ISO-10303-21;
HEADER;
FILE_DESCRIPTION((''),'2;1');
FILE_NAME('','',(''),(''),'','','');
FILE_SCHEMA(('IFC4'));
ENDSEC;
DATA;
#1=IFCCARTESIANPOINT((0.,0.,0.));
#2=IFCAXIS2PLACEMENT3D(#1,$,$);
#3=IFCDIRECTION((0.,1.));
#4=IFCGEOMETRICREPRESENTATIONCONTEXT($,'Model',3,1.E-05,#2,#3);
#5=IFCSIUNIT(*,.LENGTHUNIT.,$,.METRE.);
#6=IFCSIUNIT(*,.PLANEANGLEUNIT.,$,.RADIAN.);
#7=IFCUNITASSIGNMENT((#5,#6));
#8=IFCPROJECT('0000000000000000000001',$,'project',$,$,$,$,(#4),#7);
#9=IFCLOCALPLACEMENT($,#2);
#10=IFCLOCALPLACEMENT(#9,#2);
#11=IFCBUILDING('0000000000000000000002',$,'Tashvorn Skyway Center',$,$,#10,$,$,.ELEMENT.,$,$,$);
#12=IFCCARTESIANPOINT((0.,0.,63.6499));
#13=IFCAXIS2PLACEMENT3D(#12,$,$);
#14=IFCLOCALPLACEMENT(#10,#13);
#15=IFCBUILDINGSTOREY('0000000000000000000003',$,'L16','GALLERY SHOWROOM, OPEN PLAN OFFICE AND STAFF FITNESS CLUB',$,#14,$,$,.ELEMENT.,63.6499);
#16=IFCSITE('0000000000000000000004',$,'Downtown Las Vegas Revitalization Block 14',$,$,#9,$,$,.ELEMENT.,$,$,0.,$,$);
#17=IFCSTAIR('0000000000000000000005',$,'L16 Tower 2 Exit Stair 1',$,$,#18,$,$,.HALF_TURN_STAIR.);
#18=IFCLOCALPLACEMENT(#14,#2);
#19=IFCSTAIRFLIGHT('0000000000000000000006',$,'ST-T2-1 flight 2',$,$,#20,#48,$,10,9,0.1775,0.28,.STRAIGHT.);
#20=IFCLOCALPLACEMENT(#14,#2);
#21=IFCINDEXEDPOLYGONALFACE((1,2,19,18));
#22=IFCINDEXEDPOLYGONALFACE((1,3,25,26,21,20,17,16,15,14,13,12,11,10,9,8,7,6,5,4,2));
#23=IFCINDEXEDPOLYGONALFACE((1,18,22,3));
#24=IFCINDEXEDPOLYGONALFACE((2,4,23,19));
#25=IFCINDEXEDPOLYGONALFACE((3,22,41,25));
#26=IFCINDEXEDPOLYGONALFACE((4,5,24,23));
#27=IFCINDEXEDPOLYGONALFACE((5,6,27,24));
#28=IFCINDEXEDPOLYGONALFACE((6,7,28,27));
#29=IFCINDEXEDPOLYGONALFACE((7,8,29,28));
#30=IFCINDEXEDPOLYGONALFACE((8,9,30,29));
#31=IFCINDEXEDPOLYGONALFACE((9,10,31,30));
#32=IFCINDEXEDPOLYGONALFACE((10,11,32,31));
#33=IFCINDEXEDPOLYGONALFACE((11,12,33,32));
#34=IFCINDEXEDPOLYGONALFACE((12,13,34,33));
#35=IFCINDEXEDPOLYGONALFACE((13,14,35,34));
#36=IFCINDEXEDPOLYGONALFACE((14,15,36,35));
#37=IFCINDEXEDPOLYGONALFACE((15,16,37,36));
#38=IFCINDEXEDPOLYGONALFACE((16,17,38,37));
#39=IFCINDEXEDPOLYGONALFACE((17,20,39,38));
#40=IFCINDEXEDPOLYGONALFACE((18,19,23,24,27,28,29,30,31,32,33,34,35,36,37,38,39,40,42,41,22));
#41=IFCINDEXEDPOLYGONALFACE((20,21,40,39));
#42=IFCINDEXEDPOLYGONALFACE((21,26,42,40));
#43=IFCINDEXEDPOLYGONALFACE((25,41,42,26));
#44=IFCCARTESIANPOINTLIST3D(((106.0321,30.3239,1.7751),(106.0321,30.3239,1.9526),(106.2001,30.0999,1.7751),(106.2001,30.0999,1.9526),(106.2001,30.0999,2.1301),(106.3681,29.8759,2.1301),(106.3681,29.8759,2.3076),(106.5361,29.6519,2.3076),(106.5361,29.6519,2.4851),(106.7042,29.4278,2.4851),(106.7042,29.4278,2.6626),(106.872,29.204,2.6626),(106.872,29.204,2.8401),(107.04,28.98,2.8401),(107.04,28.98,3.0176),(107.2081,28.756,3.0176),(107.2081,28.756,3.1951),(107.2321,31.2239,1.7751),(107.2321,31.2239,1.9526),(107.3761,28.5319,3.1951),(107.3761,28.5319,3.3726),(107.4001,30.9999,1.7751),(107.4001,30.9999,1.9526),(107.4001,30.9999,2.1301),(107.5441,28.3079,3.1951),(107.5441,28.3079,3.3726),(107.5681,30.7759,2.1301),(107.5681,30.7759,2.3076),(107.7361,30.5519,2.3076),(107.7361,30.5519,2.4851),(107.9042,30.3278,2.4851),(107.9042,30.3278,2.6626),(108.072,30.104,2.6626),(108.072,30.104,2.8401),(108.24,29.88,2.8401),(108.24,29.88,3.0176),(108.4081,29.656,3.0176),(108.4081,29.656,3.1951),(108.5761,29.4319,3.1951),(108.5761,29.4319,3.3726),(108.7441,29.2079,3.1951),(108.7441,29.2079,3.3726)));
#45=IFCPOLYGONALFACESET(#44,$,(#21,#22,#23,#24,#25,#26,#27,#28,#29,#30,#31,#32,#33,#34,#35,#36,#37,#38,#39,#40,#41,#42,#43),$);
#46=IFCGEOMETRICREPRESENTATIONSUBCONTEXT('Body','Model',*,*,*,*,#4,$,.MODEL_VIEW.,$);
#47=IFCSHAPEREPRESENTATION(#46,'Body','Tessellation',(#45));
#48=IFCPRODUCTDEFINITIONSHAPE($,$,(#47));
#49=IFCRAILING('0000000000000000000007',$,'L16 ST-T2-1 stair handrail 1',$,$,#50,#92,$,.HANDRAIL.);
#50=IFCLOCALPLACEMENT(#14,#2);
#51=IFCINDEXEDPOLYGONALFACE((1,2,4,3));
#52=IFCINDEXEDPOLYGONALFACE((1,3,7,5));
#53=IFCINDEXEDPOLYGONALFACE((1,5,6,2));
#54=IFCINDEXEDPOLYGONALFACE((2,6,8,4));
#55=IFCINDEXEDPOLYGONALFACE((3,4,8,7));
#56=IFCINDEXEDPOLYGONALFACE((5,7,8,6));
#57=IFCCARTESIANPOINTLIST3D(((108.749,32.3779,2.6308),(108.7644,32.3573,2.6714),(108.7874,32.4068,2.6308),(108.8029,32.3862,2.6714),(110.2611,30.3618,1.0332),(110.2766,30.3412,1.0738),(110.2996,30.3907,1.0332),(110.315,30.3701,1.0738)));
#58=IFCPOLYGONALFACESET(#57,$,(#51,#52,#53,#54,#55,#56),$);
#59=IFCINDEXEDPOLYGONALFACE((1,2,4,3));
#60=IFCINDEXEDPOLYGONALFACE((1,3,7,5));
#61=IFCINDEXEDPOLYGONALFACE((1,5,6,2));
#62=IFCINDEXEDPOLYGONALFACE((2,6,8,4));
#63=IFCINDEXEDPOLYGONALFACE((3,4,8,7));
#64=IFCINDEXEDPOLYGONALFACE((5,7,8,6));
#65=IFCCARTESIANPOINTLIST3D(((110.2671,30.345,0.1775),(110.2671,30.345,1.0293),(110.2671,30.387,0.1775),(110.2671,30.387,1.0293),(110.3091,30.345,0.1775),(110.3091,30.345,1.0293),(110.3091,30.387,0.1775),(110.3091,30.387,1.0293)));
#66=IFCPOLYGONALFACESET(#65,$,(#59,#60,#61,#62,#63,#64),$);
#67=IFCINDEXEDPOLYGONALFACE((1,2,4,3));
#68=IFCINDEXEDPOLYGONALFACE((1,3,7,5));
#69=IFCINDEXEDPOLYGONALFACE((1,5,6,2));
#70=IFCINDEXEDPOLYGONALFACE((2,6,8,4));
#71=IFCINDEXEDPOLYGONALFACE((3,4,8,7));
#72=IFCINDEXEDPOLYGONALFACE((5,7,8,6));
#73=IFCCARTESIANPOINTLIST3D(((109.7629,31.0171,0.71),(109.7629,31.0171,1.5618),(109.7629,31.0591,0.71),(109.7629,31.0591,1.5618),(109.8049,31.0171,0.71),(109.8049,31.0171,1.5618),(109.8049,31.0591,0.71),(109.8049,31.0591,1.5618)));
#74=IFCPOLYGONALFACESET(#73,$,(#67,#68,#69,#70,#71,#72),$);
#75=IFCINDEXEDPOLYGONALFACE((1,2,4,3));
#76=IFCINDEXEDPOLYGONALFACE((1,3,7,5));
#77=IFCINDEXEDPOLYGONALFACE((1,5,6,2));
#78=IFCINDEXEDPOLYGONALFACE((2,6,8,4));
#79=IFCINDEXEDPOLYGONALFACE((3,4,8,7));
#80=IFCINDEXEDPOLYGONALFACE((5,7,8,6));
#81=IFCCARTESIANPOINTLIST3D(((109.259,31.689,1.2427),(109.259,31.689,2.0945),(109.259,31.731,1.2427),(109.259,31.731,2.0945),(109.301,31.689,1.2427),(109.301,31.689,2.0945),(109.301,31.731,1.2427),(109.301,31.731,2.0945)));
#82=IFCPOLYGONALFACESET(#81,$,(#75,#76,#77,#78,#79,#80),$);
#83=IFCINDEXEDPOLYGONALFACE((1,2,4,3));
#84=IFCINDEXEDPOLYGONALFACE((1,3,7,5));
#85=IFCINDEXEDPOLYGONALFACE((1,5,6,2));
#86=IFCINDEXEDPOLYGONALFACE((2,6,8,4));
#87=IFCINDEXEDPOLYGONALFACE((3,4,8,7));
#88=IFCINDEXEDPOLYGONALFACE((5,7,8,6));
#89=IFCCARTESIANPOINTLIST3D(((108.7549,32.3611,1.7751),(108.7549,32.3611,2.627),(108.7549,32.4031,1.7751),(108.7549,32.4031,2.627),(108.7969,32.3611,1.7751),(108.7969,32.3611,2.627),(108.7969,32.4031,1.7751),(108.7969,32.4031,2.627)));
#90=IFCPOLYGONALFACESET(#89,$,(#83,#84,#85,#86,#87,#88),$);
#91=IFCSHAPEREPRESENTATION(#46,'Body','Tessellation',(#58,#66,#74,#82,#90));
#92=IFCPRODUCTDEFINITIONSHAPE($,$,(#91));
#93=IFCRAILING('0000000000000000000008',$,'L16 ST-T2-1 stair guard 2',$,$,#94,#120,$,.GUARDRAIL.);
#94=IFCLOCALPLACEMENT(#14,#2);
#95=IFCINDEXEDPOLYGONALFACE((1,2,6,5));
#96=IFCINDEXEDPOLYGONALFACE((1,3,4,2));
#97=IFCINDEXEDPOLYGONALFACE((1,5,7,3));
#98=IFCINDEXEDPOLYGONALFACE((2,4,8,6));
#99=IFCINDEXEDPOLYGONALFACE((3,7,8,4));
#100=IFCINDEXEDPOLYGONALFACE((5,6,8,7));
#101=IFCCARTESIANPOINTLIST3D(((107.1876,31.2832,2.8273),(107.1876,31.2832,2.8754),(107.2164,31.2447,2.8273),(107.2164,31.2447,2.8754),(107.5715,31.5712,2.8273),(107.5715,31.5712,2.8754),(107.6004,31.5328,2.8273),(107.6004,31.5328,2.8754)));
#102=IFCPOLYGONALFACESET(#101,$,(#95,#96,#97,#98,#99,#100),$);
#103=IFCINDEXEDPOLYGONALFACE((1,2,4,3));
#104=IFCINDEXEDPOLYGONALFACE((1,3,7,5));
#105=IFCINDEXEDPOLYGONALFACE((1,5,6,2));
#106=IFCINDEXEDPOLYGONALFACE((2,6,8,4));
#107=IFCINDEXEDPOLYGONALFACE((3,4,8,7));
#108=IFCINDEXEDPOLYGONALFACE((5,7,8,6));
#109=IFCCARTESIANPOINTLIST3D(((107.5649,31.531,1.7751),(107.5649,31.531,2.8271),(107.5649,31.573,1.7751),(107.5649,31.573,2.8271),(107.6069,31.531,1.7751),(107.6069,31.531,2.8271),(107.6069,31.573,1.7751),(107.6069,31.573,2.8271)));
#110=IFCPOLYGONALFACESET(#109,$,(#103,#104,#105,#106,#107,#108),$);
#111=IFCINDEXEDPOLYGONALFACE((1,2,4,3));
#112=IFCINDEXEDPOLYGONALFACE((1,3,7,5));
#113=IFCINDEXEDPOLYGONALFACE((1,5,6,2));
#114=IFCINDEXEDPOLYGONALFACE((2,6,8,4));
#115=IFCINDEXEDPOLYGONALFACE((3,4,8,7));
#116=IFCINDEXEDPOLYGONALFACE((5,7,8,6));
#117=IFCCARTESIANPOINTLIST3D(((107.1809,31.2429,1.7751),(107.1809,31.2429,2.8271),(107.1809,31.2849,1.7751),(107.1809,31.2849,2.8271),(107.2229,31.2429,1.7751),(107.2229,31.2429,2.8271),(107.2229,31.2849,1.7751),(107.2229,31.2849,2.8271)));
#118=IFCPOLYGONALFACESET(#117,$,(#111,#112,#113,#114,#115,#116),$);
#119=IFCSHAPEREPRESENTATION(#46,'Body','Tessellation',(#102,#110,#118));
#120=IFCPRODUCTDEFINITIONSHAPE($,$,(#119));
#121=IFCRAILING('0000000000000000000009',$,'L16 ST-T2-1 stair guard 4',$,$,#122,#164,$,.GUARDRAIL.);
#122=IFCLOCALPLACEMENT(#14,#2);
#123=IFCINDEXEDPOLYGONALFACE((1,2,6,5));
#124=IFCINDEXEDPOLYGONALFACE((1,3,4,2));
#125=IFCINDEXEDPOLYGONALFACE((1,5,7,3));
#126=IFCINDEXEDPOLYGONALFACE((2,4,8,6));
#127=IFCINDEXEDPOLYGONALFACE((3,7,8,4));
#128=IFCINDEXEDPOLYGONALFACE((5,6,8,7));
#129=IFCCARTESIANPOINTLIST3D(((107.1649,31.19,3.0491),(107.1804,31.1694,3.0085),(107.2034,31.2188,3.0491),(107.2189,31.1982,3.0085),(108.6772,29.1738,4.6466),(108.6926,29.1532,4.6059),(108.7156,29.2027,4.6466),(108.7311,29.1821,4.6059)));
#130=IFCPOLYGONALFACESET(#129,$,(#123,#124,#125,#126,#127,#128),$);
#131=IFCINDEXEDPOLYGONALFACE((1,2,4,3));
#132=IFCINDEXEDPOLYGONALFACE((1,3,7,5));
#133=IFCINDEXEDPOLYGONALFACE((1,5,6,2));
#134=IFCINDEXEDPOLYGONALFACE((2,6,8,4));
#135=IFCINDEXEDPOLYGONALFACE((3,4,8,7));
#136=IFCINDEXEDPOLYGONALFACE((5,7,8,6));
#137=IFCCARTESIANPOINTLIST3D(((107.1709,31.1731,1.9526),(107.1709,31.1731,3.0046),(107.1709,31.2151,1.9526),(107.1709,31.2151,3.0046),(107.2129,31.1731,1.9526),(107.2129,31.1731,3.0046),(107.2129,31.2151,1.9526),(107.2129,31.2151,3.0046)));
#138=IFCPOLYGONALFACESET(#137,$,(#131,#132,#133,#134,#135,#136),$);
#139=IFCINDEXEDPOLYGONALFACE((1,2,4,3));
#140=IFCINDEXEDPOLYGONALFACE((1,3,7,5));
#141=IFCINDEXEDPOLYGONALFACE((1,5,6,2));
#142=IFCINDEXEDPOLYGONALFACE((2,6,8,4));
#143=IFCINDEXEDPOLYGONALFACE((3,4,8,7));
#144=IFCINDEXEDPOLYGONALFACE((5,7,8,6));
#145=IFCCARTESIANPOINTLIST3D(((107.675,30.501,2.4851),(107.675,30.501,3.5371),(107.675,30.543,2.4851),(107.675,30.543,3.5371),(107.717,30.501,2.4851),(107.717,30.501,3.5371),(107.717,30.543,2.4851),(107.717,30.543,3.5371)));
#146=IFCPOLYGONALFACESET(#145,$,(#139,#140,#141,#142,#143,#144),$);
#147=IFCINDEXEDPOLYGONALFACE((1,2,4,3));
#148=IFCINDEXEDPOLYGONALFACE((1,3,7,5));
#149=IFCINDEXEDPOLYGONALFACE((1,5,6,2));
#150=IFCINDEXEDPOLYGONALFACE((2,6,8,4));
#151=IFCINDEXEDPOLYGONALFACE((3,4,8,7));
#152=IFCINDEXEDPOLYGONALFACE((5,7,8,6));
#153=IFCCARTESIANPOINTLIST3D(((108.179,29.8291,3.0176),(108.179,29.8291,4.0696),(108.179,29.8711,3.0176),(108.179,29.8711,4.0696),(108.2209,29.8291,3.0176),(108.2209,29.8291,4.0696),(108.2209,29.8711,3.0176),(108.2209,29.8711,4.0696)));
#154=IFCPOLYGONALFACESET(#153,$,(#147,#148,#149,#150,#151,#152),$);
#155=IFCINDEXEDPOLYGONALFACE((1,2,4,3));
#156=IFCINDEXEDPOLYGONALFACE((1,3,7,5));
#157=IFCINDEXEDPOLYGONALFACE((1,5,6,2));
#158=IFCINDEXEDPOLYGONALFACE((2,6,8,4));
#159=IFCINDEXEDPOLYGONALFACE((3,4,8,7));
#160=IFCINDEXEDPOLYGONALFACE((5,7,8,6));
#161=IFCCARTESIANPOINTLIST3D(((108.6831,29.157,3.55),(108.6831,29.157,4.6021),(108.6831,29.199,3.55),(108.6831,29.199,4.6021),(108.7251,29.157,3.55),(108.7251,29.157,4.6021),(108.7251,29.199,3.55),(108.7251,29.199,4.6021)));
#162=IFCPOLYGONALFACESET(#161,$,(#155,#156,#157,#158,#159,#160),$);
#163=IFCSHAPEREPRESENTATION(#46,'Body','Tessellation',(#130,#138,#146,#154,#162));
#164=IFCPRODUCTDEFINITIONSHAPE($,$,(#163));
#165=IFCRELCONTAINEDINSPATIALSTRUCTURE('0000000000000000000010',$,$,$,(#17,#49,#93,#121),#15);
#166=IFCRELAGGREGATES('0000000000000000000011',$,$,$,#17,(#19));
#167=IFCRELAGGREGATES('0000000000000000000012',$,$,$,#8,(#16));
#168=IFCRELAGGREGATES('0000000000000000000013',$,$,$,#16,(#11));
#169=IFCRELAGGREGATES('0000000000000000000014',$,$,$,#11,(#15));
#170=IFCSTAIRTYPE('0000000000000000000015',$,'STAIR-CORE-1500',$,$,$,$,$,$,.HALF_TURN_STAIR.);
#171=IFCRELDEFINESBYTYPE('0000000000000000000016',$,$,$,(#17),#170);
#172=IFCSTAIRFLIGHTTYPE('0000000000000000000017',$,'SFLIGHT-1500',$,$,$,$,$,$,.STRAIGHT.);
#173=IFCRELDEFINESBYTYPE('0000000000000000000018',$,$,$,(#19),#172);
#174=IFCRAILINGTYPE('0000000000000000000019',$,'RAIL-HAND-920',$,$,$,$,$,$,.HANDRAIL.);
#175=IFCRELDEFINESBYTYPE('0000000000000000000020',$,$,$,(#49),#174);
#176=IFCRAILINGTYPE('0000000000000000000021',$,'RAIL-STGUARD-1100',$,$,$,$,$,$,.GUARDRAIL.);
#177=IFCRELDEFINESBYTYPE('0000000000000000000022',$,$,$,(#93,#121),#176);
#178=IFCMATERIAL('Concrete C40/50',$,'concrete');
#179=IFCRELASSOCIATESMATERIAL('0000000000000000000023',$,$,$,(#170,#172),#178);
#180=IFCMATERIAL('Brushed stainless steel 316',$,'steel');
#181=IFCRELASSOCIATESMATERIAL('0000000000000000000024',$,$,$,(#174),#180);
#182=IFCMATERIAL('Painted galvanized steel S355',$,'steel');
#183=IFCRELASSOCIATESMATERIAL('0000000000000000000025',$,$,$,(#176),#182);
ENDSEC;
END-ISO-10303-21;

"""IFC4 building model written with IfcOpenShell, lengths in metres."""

from ifc_helpers import new_model, si_unit, direction, frame, origin, origin_2d, place, context, subcontext, project, spatial, polyline, rectangle, outline, extrude, material, type_object, element, aggregate, save


model = new_model("IFC4")

# Units and contexts
model_context = context("Model", 3, precision=1e-05, world=origin(), true_north=direction((0.0, 1.0)))
body_context = subcontext(model_context, "Body", "Model", "MODEL_VIEW")
ifc_project = project(units=[si_unit("LENGTHUNIT", "METRE"), si_unit("PLANEANGLEUNIT", "RADIAN")], contexts=[model_context])

# Site, building, storey
site_placement = place(None, origin())
site = spatial("IfcSite", under=ifc_project, at=site_placement, Name="Downtown Las Vegas Revitalization Block 14", CompositionType="ELEMENT", RefElevation=0.0)
building_placement = place(site_placement, origin())
building = spatial("IfcBuilding", under=site, at=building_placement, Name="Tashvorn Skyway Center", CompositionType="ELEMENT")
storey_placement = place(building_placement, frame((0.0, 0.0, 63.6499)))
storey = spatial("IfcBuildingStorey", under=building, at=storey_placement, Name="L16", Description="GALLERY SHOWROOM, OPEN PLAN OFFICE AND STAFF FITNESS CLUB", CompositionType="ELEMENT", Elevation=63.6499)

# Shared definitions
ifc_material_1 = material(Name="Concrete C40/50", Category="concrete")

# Stair, stair flight
stair_type = type_object("IfcStairType", Name="STAIR-CORE-1500", PredefinedType="HALF_TURN_STAIR", material=ifc_material_1)
stair_placement = place(storey_placement, origin())
stair = element("IfcStair", 1, at=stair_placement, inside=storey, type_object=stair_type, Name="L16 Tower 2 Exit Stair 1", PredefinedType="HALF_TURN_STAIR")
stair_flight_type = type_object("IfcStairFlightType", Name="SFLIGHT-1500", PredefinedType="STRAIGHT", material=ifc_material_1)
stair_flight_placement = place(storey_placement, frame((106.6321, 30.7739, 1.7751), z_axis=(0.0, 0.0, 1.0), x_axis=(0.6, -0.8, 0.0)))
stair_flight = element("IfcStairFlight", 2, at=stair_flight_placement, type_object=stair_flight_type, Name="ST-T2-1 flight 2", NumberOfRisers=10, NumberOfTreads=9, PredefinedType="STRAIGHT", RiserHeight=0.1775, TreadLength=0.28, context=body_context, shape_type="SweptSolid", body=[
    extrude(outline(polyline([(0.0, 0.0), (0.0, 0.1775), (0.28, 0.1775), (0.28, 0.355), (0.5601, 0.355), (0.5601, 0.5325), (0.8401, 0.5325), (0.8401, 0.71), (1.1201, 0.71), (1.1201, 0.8875), (1.3999, 0.8875), (1.3999, 1.0649), (1.6799, 1.0649), (1.6799, 1.2424), (1.96, 1.2424), (1.96, 1.4199), (2.24, 1.4199), (2.24, 1.5974), (2.52, 1.5974), (2.52, 1.7749), (2.52, 1.4199), (0.28, 0.0), (0.0, 0.0)])), frame((0.0, 0.75, 0.0), z_axis=(0.0, -1.0, 0.0), x_axis=(1.0, 0.0, 0.0)), (0.0, 0.0, 1.0), 1.5),
])
aggregate(stair, [stair_flight])

# Railings
ifc_material_2 = material(Name="Brushed stainless steel 316", Category="steel")
railing_type_1 = type_object("IfcRailingType", Name="RAIL-HAND-920", PredefinedType="HANDRAIL", material=ifc_material_2)
railing_1_placement = place(storey_placement, frame((110.2881, 30.366, 0.1775)))
element("IfcRailing", 3, at=railing_1_placement, inside=storey, type_object=railing_type_1, Name="L16 ST-T2-1 stair handrail 1", PredefinedType="HANDRAIL", context=body_context, shape_type="SweptSolid", body=[
    extrude(rectangle(XDim=0.0481, YDim=0.0481, at=origin_2d()), frame((0.0, 0.0, 0.876), z_axis=(-0.506779, 0.675651, 0.535416), x_axis=(-0.799977, -0.600031, 0.0)), (0.0, 0.0, 1.0), 2.9839),
    extrude(rectangle(XDim=0.042, YDim=0.042, at=origin_2d()), origin(), (0.0, 0.0, 1.0), 0.8518),
    extrude(rectangle(XDim=0.042, YDim=0.042, at=origin_2d()), frame((-0.5042, 0.6721, 0.5325)), (0.0, 0.0, 1.0), 0.8518),
    extrude(rectangle(XDim=0.042, YDim=0.042, at=origin_2d()), frame((-1.0081, 1.344, 1.0652)), (0.0, 0.0, 1.0), 0.8518),
    extrude(rectangle(XDim=0.042, YDim=0.042, at=origin_2d()), frame((-1.5122, 2.0161, 1.5977)), (0.0, 0.0, 1.0), 0.8518),
])
ifc_material_3 = material(Name="Painted galvanized steel S355", Category="steel")
railing_type_2 = type_object("IfcRailingType", Name="RAIL-STGUARD-1100", PredefinedType="GUARDRAIL", material=ifc_material_3)
railing_2_placement = place(storey_placement, frame((107.5859, 31.552, 1.7751)))
element("IfcRailing", 4, at=railing_2_placement, inside=storey, type_object=railing_type_2, Name="L16 ST-T2-1 stair guard 2", PredefinedType="GUARDRAIL", context=body_context, shape_type="SweptSolid", body=[
    extrude(rectangle(XDim=0.0481, YDim=0.0481, at=origin_2d()), frame((0.0, 0.0, 1.0762), z_axis=(-0.799939, -0.600081, 0.0), x_axis=(0.600081, -0.799939, 0.0)), (0.0, 0.0, 1.0), 0.48),
    extrude(rectangle(XDim=0.042, YDim=0.042, at=origin_2d()), origin(), (0.0, 0.0, 1.0), 1.052),
    extrude(rectangle(XDim=0.042, YDim=0.042, at=origin_2d()), frame((-0.384, -0.2881, 0.0)), (0.0, 0.0, 1.0), 1.052),
])
railing_3_placement = place(storey_placement, frame((107.1919, 31.1941, 1.9526)))
element("IfcRailing", 5, at=railing_3_placement, inside=storey, type_object=railing_type_2, Name="L16 ST-T2-1 stair guard 4", PredefinedType="GUARDRAIL", context=body_context, shape_type="SweptSolid", body=[
    extrude(rectangle(XDim=0.0481, YDim=0.0481, at=origin_2d()), frame((0.0, 0.0, 1.0762), z_axis=(0.506802, -0.675681, 0.535357), x_axis=(0.799977, 0.600031, 0.0)), (0.0, 0.0, 1.0), 2.9839),
    extrude(rectangle(XDim=0.042, YDim=0.042, at=origin_2d()), origin(), (0.0, 0.0, 1.0), 1.052),
    extrude(rectangle(XDim=0.042, YDim=0.042, at=origin_2d()), frame((0.5042, -0.6721, 0.5325)), (0.0, 0.0, 1.0), 1.052),
    extrude(rectangle(XDim=0.042, YDim=0.042, at=origin_2d()), frame((1.0081, -1.344, 1.0649)), (0.0, 0.0, 1.0), 1.052),
    extrude(rectangle(XDim=0.042, YDim=0.042, at=origin_2d()), frame((1.5122, -2.0161, 1.5974)), (0.0, 0.0, 1.0), 1.052),
])

save(model, "model.ifc")
